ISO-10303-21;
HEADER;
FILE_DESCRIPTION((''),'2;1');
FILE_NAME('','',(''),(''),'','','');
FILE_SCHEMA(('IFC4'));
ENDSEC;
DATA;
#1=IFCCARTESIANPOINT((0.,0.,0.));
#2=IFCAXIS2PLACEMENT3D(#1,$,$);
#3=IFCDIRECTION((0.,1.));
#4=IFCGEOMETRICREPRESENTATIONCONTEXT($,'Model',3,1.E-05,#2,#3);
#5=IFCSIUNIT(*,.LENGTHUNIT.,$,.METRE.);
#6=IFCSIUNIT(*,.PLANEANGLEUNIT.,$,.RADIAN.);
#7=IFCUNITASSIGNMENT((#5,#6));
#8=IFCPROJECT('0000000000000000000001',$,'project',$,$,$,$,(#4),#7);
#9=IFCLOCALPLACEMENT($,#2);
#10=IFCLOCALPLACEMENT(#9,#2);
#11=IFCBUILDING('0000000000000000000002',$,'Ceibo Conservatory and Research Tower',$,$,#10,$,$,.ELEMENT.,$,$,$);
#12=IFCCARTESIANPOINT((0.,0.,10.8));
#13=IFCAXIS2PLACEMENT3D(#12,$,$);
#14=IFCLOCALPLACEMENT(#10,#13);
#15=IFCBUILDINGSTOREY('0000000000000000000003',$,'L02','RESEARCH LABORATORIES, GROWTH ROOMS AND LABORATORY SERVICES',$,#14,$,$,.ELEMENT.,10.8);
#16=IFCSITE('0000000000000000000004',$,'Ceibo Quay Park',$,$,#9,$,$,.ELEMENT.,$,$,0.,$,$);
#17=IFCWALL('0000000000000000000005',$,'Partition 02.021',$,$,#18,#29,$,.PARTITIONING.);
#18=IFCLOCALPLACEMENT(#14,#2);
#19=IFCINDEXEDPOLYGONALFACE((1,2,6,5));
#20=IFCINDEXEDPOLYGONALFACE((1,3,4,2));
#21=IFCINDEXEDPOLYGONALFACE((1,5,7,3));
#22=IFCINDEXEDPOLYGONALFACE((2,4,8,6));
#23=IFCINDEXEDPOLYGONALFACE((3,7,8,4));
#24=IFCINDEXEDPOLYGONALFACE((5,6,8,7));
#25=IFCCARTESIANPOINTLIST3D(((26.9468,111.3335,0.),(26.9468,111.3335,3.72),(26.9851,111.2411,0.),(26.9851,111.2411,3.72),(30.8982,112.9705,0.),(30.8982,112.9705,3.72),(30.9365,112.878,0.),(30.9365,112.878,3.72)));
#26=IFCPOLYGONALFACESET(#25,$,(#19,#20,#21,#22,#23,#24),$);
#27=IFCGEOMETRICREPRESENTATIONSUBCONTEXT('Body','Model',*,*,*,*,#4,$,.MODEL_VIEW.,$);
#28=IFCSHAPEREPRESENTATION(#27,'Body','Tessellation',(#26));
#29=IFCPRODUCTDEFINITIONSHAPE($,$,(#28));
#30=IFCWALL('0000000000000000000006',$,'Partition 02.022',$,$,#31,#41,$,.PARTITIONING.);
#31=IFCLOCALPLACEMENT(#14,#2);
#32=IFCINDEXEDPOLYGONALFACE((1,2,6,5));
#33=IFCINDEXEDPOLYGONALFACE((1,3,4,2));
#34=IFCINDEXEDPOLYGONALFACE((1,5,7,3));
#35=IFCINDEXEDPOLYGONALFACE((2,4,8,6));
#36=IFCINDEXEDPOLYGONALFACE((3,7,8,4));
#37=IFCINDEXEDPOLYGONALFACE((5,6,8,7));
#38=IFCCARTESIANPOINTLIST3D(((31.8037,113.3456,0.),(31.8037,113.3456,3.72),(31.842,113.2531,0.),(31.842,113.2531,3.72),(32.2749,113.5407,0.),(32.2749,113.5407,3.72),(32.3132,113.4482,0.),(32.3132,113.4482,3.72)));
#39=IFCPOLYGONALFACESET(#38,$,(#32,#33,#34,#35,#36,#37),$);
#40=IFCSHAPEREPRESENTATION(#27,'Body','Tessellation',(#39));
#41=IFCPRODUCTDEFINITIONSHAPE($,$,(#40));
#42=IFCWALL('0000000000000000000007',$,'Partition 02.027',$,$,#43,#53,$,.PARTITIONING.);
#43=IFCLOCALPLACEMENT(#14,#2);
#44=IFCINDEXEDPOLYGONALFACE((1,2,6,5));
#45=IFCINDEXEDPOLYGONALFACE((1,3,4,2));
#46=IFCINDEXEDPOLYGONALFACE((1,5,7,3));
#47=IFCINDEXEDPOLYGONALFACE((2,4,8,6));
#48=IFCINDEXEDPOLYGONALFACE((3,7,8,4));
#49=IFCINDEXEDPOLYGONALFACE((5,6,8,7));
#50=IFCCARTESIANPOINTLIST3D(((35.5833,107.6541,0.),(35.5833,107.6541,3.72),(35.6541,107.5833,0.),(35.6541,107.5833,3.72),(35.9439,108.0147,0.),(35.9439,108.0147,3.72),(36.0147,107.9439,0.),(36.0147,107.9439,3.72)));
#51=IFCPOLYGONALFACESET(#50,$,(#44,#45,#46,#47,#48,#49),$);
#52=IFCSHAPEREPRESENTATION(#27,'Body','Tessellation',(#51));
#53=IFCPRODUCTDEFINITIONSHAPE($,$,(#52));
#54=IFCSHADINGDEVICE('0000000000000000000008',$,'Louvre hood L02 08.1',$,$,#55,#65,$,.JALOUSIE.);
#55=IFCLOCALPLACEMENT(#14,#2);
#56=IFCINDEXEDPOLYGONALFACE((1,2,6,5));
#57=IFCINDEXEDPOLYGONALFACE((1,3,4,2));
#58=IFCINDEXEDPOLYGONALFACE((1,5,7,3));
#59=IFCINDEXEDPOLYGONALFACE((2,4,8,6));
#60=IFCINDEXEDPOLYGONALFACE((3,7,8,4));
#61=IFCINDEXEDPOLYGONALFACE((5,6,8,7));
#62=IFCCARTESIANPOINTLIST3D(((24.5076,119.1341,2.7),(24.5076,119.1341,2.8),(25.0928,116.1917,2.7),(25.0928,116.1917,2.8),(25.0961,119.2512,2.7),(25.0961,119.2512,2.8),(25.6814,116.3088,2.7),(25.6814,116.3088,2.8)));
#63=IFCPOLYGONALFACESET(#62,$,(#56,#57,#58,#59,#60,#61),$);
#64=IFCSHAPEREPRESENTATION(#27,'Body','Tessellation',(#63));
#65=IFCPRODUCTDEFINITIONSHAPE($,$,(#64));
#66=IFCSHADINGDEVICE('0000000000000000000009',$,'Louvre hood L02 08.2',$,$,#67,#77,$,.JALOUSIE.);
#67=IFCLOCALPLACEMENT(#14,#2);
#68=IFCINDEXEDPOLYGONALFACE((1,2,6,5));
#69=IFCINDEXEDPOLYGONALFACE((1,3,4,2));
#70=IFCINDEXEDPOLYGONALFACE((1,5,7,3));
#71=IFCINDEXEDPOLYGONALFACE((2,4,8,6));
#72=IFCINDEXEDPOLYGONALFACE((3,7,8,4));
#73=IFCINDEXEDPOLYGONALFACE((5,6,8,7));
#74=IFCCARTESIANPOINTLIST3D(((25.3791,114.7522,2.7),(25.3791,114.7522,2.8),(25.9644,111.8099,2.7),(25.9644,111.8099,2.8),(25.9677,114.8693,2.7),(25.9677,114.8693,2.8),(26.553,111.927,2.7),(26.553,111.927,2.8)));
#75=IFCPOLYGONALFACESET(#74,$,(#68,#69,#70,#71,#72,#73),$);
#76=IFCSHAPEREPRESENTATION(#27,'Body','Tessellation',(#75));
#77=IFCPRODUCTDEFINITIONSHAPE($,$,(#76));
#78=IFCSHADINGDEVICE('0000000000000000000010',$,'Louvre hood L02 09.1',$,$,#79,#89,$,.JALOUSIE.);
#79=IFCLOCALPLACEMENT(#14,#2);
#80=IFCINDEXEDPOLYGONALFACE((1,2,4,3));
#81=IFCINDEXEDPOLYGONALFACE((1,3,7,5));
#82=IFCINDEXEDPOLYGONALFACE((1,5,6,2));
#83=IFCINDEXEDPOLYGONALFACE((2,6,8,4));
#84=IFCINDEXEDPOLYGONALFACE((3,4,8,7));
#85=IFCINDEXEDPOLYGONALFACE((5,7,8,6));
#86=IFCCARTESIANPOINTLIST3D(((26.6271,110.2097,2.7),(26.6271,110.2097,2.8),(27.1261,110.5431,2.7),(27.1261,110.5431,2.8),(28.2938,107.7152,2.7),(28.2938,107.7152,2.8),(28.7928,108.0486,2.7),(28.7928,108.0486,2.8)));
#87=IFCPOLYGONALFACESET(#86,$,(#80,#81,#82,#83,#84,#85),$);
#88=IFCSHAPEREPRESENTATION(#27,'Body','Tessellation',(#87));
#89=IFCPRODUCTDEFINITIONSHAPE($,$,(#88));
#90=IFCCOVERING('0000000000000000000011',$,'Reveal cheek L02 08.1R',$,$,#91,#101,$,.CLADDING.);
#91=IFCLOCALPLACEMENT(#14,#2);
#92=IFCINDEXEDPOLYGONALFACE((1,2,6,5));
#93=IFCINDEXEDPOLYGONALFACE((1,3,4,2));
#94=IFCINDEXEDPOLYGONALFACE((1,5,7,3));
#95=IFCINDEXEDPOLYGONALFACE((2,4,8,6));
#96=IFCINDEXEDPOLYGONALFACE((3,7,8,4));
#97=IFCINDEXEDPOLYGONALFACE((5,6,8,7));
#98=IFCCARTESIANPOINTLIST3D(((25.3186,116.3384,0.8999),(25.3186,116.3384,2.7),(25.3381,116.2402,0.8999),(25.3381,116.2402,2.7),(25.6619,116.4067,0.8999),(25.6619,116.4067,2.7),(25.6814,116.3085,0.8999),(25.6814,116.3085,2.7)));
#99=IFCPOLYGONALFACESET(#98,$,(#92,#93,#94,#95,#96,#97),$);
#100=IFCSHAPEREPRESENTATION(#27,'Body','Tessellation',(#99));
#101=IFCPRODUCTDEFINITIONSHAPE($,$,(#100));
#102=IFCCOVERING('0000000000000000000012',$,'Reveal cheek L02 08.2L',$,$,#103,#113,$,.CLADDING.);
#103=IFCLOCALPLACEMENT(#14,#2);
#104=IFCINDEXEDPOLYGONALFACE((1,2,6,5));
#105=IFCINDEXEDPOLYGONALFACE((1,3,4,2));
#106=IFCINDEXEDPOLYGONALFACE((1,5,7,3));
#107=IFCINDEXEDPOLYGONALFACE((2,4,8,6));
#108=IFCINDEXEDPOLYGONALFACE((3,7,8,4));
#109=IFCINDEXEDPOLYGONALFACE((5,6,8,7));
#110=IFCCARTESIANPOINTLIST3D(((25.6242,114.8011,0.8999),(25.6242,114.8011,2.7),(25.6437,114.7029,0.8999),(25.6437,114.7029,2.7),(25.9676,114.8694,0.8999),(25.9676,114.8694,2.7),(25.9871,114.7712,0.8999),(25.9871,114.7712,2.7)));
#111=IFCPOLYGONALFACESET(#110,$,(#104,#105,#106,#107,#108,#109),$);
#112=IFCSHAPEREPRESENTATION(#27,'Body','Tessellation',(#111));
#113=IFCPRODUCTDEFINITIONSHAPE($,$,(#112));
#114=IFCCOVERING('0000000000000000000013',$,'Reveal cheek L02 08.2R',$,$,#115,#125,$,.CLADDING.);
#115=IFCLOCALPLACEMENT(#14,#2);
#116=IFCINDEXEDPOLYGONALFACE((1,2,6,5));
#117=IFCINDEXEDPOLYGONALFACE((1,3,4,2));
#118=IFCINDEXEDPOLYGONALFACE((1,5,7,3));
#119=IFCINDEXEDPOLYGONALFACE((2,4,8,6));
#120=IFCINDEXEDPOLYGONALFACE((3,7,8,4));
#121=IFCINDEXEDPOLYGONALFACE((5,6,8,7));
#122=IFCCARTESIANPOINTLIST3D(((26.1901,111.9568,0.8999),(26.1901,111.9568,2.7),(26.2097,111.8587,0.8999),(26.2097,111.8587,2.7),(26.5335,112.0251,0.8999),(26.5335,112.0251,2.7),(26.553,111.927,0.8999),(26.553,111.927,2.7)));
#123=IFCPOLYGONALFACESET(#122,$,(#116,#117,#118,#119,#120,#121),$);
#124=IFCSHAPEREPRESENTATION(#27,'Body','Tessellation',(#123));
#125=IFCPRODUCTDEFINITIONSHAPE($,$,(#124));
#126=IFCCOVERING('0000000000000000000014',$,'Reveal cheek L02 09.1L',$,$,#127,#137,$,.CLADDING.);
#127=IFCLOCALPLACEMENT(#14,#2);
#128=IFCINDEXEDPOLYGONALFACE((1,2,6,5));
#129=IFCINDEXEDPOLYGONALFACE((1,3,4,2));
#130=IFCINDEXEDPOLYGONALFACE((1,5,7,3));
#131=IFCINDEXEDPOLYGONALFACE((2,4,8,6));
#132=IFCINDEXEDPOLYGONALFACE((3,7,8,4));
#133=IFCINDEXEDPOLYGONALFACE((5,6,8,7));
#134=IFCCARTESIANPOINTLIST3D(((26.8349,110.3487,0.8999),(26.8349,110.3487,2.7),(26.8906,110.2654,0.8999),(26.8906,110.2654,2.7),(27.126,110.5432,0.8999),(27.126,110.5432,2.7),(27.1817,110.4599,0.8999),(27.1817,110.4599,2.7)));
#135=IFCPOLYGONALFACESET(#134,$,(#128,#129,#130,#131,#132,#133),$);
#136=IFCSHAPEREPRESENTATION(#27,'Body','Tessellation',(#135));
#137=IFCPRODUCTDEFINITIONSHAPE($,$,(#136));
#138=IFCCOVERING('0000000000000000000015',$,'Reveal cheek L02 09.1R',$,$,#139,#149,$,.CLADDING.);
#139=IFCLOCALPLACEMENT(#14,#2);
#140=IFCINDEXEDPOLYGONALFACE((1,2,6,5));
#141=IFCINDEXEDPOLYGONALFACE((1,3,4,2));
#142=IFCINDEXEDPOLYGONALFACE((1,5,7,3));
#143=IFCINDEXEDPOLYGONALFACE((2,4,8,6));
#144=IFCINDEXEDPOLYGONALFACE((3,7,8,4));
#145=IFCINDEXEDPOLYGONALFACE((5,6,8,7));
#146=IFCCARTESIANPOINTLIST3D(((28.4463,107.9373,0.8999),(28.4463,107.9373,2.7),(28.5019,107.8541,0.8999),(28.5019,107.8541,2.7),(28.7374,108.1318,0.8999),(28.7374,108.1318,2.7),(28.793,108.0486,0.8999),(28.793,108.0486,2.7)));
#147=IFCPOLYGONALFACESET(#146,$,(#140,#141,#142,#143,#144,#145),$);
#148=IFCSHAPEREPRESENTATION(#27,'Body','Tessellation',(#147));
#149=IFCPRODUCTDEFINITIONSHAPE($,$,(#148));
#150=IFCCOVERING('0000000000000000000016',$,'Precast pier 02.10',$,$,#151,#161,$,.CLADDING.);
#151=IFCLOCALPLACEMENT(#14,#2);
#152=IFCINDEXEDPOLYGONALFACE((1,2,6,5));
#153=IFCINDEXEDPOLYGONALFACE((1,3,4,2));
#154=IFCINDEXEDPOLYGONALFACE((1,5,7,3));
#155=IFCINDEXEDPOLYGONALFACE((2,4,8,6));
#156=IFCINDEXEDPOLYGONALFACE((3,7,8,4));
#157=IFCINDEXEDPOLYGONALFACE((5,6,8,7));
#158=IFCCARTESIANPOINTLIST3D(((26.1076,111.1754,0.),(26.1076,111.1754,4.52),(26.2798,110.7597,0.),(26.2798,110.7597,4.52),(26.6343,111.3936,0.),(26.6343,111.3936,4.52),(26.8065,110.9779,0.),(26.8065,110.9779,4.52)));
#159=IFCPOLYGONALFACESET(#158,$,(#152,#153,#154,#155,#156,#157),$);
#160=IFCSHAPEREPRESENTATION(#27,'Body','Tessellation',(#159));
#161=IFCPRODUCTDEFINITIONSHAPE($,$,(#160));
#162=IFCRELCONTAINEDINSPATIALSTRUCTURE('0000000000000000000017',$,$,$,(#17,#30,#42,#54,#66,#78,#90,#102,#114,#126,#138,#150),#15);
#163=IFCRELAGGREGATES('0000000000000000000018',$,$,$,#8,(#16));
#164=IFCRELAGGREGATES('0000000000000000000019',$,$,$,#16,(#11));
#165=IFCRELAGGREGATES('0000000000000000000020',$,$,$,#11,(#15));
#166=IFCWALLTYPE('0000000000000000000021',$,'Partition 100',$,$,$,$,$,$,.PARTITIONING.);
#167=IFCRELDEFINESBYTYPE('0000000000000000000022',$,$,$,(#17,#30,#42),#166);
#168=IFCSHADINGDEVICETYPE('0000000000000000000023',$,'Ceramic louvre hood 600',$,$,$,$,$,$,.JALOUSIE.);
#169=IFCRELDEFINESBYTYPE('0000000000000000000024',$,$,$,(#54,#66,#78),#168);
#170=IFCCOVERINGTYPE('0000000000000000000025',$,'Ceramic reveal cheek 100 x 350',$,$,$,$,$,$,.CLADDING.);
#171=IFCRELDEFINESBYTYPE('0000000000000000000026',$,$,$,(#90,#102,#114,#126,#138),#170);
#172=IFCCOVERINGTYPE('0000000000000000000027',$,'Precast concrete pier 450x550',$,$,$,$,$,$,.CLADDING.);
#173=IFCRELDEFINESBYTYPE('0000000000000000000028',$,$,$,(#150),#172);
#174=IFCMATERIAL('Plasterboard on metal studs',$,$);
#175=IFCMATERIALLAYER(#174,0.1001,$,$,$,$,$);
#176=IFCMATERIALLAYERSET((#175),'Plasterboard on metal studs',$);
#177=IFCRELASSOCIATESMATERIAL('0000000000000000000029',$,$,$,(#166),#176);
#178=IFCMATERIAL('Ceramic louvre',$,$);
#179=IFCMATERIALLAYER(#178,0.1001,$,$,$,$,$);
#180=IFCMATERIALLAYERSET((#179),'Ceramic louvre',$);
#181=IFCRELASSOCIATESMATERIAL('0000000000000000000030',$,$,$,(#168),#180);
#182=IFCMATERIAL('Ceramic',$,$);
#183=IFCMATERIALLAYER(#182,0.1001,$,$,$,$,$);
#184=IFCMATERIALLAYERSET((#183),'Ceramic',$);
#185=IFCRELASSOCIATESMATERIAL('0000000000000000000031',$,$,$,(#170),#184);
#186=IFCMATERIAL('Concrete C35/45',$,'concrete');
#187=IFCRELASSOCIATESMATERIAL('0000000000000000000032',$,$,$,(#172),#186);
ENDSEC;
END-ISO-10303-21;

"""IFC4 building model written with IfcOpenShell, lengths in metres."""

from ifc_helpers import new_model, si_unit, direction, frame, frame_2d, origin, origin_2d, place, context, subcontext, project, spatial, rectangle, extrude, material, layer, layer_set, type_object, element, save


model = new_model("IFC4")

# Units and contexts
model_context = context("Model", 3, precision=1e-05, world=origin(), true_north=direction((0.0, 1.0)))
body_context = subcontext(model_context, "Body", "Model", "MODEL_VIEW")
ifc_project = project(units=[si_unit("LENGTHUNIT", "METRE"), si_unit("PLANEANGLEUNIT", "RADIAN")], contexts=[model_context])

# Site, building, storey
site_placement = place(None, origin())
site = spatial("IfcSite", under=ifc_project, at=site_placement, Name="Ceibo Quay Park", CompositionType="ELEMENT", RefElevation=0.0)
building_placement = place(site_placement, origin())
building = spatial("IfcBuilding", under=site, at=building_placement, Name="Ceibo Conservatory and Research Tower", CompositionType="ELEMENT")
storey_placement = place(building_placement, frame((0.0, 0.0, 10.8)))
storey = spatial("IfcBuildingStorey", under=building, at=storey_placement, Name="L02", Description="RESEARCH LABORATORIES, GROWTH ROOMS AND LABORATORY SERVICES", CompositionType="ELEMENT", Elevation=10.8)

# Shared definitions
ifc_material_1 = material(Name="Concrete C35/45", Category="concrete")

# Shared definitions
ifc_material_2 = material(Name="Plasterboard on metal studs")
ifc_layer_1 = layer(ifc_material_2, 0.1001)
ifc_layer_set_1 = layer_set([ifc_layer_1], Name="Plasterboard on metal studs")
wall_type_1 = type_object("IfcWallType", Name="Partition 100", PredefinedType="PARTITIONING", material=ifc_layer_set_1)

# Walls
wall_1_placement = place(storey_placement, frame((30.9175, 112.9243, 0.0), z_axis=(0.0, 0.0, 1.0), x_axis=(-0.92386, -0.38273, 0.0)))
element("IfcWall", 1, at=wall_1_placement, inside=storey, type_object=wall_type_1, Name="Partition 02.021", PredefinedType="PARTITIONING", context=body_context, shape_type="SweptSolid", body=[
    extrude(rectangle(XDim=4.2771, YDim=0.1001, at=frame_2d((2.1387, 0.0))), origin(), (0.0, 0.0, 1.0), 3.72),
])
for number, where, z_axis, x_axis, name in (
    (2, (32.2939, 113.4944, 0.0), (0.0, 0.0, 1.0), (-0.923953, -0.382507, 0.0), "Partition 02.022"),
    (3, (35.9792, 107.9792, 0.0), (0.0, 0.0, 1.0), (-0.707107, -0.707107, 0.0), "Partition 02.027"),
):
    element("IfcWall", number, at=place(storey_placement, frame(where, z_axis=z_axis, x_axis=x_axis)), inside=storey, type_object=wall_type_1, Name=name, PredefinedType="PARTITIONING", context=body_context, shape_type="SweptSolid", body=[
        extrude(rectangle(XDim=0.51, YDim=0.1001, at=frame_2d((0.2549, 0.0))), origin(), (0.0, 0.0, 1.0), 3.72),
    ])

# Shading devices
ifc_material_3 = material(Name="Ceramic louvre")
ifc_layer_2 = layer(ifc_material_3, 0.1001)
ifc_layer_set_2 = layer_set([ifc_layer_2], Name="Ceramic louvre")
shading_device_type = type_object("IfcShadingDeviceType", Name="Ceramic louvre hood 600", PredefinedType="JALOUSIE", material=ifc_layer_set_2)
for number, where, z_axis, x_axis, name in (
    (4, (25.0945, 117.7214, 2.7), (0.0, 0.0, 1.0), (0.19509, -0.980785, 0.0), "Louvre hood L02 08.1"),
    (5, (25.9661, 113.3396, 2.7), (0.0, 0.0, 1.0), (0.19509, -0.980785, 0.0), "Louvre hood L02 08.2"),
    (6, (27.71, 109.1292, 2.7), (0.0, 0.0, 1.0), (0.55557, -0.83147, 0.0), "Louvre hood L02 09.1"),
):
    element("IfcShadingDevice", number, at=place(storey_placement, frame(where, z_axis=z_axis, x_axis=x_axis)), inside=storey, type_object=shading_device_type, Name=name, PredefinedType="JALOUSIE", context=body_context, shape_type="SweptSolid", body=[
        extrude(rectangle(XDim=3.0, YDim=0.6001, at=origin_2d()), origin(), (0.0, 0.0, 1.0), 0.1001),
    ])

# Coverings
ifc_material_4 = material(Name="Ceramic")
ifc_layer_3 = layer(ifc_material_4, 0.1001)
ifc_layer_set_3 = layer_set([ifc_layer_3], Name="Ceramic")
covering_type_1 = type_object("IfcCoveringType", Name="Ceramic reveal cheek 100 x 350", PredefinedType="CLADDING", material=ifc_layer_set_3)
for number, where, z_axis, x_axis, name in (
    (7, (25.5, 116.3235, 0.8999), (0.0, 0.0, 1.0), (0.19509, -0.980785, 0.0), "Reveal cheek L02 08.1R"),
    (8, (25.8057, 114.7861, 0.8999), (0.0, 0.0, 1.0), (0.19509, -0.980785, 0.0), "Reveal cheek L02 08.2L"),
    (9, (26.3716, 111.9419, 0.8999), (0.0, 0.0, 1.0), (0.19509, -0.980785, 0.0), "Reveal cheek L02 08.2R"),
    (10, (27.0083, 110.4043, 0.8999), (0.0, 0.0, 1.0), (0.55557, -0.83147, 0.0), "Reveal cheek L02 09.1L"),
    (11, (28.6196, 107.9929, 0.8999), (0.0, 0.0, 1.0), (0.55557, -0.83147, 0.0), "Reveal cheek L02 09.1R"),
):
    element("IfcCovering", number, at=place(storey_placement, frame(where, z_axis=z_axis, x_axis=x_axis)), inside=storey, type_object=covering_type_1, Name=name, PredefinedType="CLADDING", context=body_context, shape_type="SweptSolid", body=[
        extrude(rectangle(XDim=0.1001, YDim=0.3501, at=origin_2d()), origin(), (0.0, 0.0, 1.0), 1.8),
    ])
covering_type_2 = type_object("IfcCoveringType", Name="Precast concrete pier 450x550", PredefinedType="CLADDING", material=ifc_material_1)
covering_placement = place(storey_placement, frame((26.457, 111.0767, 0.0), z_axis=(0.0, 0.0, 1.0), x_axis=(-0.92388, -0.382683, 0.0)))
element("IfcCovering", 12, at=covering_placement, inside=storey, type_object=covering_type_2, Name="Precast pier 02.10", PredefinedType="CLADDING", context=body_context, shape_type="SweptSolid", body=[
    extrude(rectangle(XDim=0.5701, YDim=0.45, at=origin_2d()), origin(), (0.0, 0.0, 1.0), 4.52),
])

save(model, "model.ifc")
